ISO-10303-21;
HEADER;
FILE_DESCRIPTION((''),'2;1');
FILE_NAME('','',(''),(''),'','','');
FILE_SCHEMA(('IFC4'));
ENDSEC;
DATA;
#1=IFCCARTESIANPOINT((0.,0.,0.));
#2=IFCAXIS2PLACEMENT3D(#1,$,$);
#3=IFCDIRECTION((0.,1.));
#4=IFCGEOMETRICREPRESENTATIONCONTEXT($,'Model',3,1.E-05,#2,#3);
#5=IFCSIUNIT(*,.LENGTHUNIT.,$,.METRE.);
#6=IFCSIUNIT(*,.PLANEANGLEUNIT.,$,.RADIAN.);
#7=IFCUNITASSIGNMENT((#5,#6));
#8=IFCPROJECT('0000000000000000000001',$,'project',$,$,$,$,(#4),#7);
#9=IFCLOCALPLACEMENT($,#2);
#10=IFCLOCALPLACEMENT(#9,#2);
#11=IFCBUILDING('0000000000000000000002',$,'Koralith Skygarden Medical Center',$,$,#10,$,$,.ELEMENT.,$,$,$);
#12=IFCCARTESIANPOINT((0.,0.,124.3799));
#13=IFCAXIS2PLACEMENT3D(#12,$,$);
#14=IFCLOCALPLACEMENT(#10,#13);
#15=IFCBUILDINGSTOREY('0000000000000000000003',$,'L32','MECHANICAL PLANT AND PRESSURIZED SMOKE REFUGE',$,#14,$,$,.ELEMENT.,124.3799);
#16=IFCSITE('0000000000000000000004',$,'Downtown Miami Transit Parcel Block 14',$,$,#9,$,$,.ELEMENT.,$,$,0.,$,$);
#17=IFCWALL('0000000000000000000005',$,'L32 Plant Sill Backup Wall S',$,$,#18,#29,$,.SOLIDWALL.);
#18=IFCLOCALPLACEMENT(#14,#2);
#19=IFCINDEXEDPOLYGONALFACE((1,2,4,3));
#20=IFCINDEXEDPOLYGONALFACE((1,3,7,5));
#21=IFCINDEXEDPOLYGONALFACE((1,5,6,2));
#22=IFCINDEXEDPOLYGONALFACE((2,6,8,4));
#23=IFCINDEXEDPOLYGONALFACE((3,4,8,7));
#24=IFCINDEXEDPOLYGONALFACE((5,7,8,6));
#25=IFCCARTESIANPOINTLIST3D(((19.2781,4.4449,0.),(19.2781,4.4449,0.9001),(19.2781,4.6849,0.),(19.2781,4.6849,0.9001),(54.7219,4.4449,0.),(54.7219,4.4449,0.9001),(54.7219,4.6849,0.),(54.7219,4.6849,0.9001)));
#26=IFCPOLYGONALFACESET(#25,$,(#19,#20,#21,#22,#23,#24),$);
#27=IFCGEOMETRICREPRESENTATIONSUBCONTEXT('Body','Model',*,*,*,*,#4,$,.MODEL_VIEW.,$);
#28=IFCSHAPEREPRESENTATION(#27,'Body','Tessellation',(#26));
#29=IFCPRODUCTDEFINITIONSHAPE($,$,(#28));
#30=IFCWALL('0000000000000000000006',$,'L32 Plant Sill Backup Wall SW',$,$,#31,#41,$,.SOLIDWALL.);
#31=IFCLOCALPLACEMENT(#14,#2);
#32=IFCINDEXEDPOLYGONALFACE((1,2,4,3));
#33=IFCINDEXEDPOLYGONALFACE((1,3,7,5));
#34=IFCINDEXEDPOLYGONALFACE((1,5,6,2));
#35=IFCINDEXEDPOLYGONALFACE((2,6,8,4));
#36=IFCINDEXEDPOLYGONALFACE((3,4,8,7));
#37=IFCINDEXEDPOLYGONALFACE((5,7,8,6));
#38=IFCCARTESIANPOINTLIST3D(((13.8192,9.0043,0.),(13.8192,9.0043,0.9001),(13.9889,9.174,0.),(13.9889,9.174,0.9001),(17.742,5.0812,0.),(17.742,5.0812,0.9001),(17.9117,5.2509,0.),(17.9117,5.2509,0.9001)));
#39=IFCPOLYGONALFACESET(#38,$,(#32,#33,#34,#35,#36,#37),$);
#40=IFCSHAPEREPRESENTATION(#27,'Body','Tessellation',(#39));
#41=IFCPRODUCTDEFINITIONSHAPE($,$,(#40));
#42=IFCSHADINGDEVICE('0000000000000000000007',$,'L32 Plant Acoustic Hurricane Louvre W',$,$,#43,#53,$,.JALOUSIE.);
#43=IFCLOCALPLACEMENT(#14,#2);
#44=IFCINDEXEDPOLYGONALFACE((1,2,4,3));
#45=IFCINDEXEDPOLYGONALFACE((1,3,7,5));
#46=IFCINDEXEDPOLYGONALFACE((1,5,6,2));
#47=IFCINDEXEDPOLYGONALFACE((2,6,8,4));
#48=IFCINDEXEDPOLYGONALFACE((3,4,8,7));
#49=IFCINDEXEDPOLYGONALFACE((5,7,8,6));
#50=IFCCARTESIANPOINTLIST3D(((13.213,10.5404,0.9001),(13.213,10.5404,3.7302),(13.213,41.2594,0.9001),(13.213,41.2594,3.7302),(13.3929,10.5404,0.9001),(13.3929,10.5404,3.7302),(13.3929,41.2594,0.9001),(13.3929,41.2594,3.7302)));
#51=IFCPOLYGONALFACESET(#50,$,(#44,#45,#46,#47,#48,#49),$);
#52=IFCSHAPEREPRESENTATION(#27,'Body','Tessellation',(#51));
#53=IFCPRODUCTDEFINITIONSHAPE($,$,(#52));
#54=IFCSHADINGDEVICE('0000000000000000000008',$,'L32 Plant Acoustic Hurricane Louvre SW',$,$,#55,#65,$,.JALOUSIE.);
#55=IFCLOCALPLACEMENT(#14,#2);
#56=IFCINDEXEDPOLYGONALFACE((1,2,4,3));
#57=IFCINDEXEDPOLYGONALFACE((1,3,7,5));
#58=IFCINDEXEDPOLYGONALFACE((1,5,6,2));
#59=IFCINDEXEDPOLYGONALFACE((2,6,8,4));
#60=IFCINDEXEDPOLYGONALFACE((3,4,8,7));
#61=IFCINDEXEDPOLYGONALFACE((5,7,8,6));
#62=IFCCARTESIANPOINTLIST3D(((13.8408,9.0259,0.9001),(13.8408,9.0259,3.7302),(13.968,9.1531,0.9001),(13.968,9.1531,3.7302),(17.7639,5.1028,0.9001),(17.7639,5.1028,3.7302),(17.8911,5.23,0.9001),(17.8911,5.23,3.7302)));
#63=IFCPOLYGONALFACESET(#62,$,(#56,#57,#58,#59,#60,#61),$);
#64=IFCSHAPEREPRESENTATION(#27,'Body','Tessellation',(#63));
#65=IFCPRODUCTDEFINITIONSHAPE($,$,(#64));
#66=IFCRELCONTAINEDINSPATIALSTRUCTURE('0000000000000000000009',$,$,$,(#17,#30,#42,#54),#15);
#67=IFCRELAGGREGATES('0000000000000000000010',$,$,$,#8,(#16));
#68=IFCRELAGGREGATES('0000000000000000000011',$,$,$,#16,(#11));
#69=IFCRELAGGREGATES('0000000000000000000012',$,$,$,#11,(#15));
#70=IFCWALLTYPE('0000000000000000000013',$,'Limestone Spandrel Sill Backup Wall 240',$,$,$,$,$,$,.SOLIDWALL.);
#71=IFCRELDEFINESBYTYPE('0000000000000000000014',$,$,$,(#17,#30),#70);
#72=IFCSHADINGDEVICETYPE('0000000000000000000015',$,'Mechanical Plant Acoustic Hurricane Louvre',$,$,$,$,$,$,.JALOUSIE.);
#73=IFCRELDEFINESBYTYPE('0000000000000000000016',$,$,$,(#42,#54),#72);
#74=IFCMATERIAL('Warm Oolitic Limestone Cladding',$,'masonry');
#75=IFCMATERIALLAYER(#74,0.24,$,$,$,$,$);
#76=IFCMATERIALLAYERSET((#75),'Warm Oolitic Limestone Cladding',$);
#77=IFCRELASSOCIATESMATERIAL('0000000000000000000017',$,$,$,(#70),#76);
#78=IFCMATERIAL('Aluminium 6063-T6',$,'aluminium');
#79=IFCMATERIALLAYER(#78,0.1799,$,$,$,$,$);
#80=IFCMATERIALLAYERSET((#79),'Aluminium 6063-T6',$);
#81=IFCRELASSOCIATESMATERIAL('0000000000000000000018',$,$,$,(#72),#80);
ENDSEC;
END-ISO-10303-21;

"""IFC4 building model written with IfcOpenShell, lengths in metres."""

from ifc_helpers import new_model, si_unit, direction, frame, frame_2d, origin, origin_2d, place, context, subcontext, project, spatial, rectangle, extrude, material, layer, layer_set, type_object, element, save


model = new_model("IFC4")

# Units and contexts
model_context = context("Model", 3, precision=1e-05, world=origin(), true_north=direction((0.0, 1.0)))
body_context = subcontext(model_context, "Body", "Model", "MODEL_VIEW")
ifc_project = project(units=[si_unit("LENGTHUNIT", "METRE"), si_unit("PLANEANGLEUNIT", "RADIAN")], contexts=[model_context])

# Site, building, storey
site_placement = place(None, origin())
site = spatial("IfcSite", under=ifc_project, at=site_placement, Name="Downtown Miami Transit Parcel Block 14", CompositionType="ELEMENT", RefElevation=0.0)
building_placement = place(site_placement, origin())
building = spatial("IfcBuilding", under=site, at=building_placement, Name="Koralith Skygarden Medical Center", CompositionType="ELEMENT")
storey_placement = place(building_placement, frame((0.0, 0.0, 124.3799)))
storey = spatial("IfcBuildingStorey", under=building, at=storey_placement, Name="L32", Description="MECHANICAL PLANT AND PRESSURIZED SMOKE REFUGE", CompositionType="ELEMENT", Elevation=124.3799)

# Shared definitions
ifc_material_1 = material(Name="Warm Oolitic Limestone Cladding", Category="masonry")

# Walls
ifc_layer_1 = layer(ifc_material_1, 0.24)
ifc_layer_set_1 = layer_set([ifc_layer_1], Name="Warm Oolitic Limestone Cladding")
wall_type_1 = type_object("IfcWallType", Name="Limestone Spandrel Sill Backup Wall 240", PredefinedType="SOLIDWALL", material=ifc_layer_set_1)
wall_1_placement = place(storey_placement, frame((19.2781, 4.5649, 0.0), z_axis=(0.0, 0.0, 1.0), x_axis=(1.0, 0.0, 0.0)))
element("IfcWall", 1, at=wall_1_placement, inside=storey, type_object=wall_type_1, Name="L32 Plant Sill Backup Wall S", PredefinedType="SOLIDWALL", context=body_context, shape_type="SweptSolid", body=[
    extrude(rectangle(XDim=35.4438, YDim=0.24, at=frame_2d((17.7219, 0.0))), origin(), (0.0, 0.0, 1.0), 0.9001),
])
wall_2_placement = place(storey_placement, frame((13.9041, 9.0891, 0.0), z_axis=(0.0, 0.0, 1.0), x_axis=(0.707085, -0.707129, 0.0)))
element("IfcWall", 2, at=wall_2_placement, inside=storey, type_object=wall_type_1, Name="L32 Plant Sill Backup Wall SW", PredefinedType="SOLIDWALL", context=body_context, shape_type="SweptSolid", body=[
    extrude(rectangle(XDim=5.5479, YDim=0.24, at=frame_2d((2.7739, 0.0))), origin(), (0.0, 0.0, 1.0), 0.9001),
])

# Shading devices
ifc_material_2 = material(Name="Aluminium 6063-T6", Category="aluminium")
ifc_layer_2 = layer(ifc_material_2, 0.1799)
ifc_layer_set_2 = layer_set([ifc_layer_2], Name="Aluminium 6063-T6")
shading_device_type = type_object("IfcShadingDeviceType", Name="Mechanical Plant Acoustic Hurricane Louvre", PredefinedType="JALOUSIE", material=ifc_layer_set_2)
shading_device_1_placement = place(storey_placement, frame((13.303, 25.8999, 0.9001), z_axis=(0.0, 0.0, 1.0), x_axis=(0.0, -1.0, 0.0)))
element("IfcShadingDevice", 3, at=shading_device_1_placement, inside=storey, type_object=shading_device_type, Name="L32 Plant Acoustic Hurricane Louvre W", PredefinedType="JALOUSIE", context=body_context, shape_type="SweptSolid", body=[
    extrude(rectangle(XDim=30.719, YDim=0.1799, at=origin_2d()), origin(), (0.0, 0.0, 1.0), 2.8301),
])
shading_device_2_placement = place(storey_placement, frame((15.866, 7.1279, 0.9001), z_axis=(0.0, 0.0, 1.0), x_axis=(0.707107, -0.707107, 0.0)))
element("IfcShadingDevice", 4, at=shading_device_2_placement, inside=storey, type_object=shading_device_type, Name="L32 Plant Acoustic Hurricane Louvre SW", PredefinedType="JALOUSIE", context=body_context, shape_type="SweptSolid", body=[
    extrude(rectangle(XDim=5.5481, YDim=0.1799, at=origin_2d()), origin(), (0.0, 0.0, 1.0), 2.8301),
])

save(model, "model.ifc")
